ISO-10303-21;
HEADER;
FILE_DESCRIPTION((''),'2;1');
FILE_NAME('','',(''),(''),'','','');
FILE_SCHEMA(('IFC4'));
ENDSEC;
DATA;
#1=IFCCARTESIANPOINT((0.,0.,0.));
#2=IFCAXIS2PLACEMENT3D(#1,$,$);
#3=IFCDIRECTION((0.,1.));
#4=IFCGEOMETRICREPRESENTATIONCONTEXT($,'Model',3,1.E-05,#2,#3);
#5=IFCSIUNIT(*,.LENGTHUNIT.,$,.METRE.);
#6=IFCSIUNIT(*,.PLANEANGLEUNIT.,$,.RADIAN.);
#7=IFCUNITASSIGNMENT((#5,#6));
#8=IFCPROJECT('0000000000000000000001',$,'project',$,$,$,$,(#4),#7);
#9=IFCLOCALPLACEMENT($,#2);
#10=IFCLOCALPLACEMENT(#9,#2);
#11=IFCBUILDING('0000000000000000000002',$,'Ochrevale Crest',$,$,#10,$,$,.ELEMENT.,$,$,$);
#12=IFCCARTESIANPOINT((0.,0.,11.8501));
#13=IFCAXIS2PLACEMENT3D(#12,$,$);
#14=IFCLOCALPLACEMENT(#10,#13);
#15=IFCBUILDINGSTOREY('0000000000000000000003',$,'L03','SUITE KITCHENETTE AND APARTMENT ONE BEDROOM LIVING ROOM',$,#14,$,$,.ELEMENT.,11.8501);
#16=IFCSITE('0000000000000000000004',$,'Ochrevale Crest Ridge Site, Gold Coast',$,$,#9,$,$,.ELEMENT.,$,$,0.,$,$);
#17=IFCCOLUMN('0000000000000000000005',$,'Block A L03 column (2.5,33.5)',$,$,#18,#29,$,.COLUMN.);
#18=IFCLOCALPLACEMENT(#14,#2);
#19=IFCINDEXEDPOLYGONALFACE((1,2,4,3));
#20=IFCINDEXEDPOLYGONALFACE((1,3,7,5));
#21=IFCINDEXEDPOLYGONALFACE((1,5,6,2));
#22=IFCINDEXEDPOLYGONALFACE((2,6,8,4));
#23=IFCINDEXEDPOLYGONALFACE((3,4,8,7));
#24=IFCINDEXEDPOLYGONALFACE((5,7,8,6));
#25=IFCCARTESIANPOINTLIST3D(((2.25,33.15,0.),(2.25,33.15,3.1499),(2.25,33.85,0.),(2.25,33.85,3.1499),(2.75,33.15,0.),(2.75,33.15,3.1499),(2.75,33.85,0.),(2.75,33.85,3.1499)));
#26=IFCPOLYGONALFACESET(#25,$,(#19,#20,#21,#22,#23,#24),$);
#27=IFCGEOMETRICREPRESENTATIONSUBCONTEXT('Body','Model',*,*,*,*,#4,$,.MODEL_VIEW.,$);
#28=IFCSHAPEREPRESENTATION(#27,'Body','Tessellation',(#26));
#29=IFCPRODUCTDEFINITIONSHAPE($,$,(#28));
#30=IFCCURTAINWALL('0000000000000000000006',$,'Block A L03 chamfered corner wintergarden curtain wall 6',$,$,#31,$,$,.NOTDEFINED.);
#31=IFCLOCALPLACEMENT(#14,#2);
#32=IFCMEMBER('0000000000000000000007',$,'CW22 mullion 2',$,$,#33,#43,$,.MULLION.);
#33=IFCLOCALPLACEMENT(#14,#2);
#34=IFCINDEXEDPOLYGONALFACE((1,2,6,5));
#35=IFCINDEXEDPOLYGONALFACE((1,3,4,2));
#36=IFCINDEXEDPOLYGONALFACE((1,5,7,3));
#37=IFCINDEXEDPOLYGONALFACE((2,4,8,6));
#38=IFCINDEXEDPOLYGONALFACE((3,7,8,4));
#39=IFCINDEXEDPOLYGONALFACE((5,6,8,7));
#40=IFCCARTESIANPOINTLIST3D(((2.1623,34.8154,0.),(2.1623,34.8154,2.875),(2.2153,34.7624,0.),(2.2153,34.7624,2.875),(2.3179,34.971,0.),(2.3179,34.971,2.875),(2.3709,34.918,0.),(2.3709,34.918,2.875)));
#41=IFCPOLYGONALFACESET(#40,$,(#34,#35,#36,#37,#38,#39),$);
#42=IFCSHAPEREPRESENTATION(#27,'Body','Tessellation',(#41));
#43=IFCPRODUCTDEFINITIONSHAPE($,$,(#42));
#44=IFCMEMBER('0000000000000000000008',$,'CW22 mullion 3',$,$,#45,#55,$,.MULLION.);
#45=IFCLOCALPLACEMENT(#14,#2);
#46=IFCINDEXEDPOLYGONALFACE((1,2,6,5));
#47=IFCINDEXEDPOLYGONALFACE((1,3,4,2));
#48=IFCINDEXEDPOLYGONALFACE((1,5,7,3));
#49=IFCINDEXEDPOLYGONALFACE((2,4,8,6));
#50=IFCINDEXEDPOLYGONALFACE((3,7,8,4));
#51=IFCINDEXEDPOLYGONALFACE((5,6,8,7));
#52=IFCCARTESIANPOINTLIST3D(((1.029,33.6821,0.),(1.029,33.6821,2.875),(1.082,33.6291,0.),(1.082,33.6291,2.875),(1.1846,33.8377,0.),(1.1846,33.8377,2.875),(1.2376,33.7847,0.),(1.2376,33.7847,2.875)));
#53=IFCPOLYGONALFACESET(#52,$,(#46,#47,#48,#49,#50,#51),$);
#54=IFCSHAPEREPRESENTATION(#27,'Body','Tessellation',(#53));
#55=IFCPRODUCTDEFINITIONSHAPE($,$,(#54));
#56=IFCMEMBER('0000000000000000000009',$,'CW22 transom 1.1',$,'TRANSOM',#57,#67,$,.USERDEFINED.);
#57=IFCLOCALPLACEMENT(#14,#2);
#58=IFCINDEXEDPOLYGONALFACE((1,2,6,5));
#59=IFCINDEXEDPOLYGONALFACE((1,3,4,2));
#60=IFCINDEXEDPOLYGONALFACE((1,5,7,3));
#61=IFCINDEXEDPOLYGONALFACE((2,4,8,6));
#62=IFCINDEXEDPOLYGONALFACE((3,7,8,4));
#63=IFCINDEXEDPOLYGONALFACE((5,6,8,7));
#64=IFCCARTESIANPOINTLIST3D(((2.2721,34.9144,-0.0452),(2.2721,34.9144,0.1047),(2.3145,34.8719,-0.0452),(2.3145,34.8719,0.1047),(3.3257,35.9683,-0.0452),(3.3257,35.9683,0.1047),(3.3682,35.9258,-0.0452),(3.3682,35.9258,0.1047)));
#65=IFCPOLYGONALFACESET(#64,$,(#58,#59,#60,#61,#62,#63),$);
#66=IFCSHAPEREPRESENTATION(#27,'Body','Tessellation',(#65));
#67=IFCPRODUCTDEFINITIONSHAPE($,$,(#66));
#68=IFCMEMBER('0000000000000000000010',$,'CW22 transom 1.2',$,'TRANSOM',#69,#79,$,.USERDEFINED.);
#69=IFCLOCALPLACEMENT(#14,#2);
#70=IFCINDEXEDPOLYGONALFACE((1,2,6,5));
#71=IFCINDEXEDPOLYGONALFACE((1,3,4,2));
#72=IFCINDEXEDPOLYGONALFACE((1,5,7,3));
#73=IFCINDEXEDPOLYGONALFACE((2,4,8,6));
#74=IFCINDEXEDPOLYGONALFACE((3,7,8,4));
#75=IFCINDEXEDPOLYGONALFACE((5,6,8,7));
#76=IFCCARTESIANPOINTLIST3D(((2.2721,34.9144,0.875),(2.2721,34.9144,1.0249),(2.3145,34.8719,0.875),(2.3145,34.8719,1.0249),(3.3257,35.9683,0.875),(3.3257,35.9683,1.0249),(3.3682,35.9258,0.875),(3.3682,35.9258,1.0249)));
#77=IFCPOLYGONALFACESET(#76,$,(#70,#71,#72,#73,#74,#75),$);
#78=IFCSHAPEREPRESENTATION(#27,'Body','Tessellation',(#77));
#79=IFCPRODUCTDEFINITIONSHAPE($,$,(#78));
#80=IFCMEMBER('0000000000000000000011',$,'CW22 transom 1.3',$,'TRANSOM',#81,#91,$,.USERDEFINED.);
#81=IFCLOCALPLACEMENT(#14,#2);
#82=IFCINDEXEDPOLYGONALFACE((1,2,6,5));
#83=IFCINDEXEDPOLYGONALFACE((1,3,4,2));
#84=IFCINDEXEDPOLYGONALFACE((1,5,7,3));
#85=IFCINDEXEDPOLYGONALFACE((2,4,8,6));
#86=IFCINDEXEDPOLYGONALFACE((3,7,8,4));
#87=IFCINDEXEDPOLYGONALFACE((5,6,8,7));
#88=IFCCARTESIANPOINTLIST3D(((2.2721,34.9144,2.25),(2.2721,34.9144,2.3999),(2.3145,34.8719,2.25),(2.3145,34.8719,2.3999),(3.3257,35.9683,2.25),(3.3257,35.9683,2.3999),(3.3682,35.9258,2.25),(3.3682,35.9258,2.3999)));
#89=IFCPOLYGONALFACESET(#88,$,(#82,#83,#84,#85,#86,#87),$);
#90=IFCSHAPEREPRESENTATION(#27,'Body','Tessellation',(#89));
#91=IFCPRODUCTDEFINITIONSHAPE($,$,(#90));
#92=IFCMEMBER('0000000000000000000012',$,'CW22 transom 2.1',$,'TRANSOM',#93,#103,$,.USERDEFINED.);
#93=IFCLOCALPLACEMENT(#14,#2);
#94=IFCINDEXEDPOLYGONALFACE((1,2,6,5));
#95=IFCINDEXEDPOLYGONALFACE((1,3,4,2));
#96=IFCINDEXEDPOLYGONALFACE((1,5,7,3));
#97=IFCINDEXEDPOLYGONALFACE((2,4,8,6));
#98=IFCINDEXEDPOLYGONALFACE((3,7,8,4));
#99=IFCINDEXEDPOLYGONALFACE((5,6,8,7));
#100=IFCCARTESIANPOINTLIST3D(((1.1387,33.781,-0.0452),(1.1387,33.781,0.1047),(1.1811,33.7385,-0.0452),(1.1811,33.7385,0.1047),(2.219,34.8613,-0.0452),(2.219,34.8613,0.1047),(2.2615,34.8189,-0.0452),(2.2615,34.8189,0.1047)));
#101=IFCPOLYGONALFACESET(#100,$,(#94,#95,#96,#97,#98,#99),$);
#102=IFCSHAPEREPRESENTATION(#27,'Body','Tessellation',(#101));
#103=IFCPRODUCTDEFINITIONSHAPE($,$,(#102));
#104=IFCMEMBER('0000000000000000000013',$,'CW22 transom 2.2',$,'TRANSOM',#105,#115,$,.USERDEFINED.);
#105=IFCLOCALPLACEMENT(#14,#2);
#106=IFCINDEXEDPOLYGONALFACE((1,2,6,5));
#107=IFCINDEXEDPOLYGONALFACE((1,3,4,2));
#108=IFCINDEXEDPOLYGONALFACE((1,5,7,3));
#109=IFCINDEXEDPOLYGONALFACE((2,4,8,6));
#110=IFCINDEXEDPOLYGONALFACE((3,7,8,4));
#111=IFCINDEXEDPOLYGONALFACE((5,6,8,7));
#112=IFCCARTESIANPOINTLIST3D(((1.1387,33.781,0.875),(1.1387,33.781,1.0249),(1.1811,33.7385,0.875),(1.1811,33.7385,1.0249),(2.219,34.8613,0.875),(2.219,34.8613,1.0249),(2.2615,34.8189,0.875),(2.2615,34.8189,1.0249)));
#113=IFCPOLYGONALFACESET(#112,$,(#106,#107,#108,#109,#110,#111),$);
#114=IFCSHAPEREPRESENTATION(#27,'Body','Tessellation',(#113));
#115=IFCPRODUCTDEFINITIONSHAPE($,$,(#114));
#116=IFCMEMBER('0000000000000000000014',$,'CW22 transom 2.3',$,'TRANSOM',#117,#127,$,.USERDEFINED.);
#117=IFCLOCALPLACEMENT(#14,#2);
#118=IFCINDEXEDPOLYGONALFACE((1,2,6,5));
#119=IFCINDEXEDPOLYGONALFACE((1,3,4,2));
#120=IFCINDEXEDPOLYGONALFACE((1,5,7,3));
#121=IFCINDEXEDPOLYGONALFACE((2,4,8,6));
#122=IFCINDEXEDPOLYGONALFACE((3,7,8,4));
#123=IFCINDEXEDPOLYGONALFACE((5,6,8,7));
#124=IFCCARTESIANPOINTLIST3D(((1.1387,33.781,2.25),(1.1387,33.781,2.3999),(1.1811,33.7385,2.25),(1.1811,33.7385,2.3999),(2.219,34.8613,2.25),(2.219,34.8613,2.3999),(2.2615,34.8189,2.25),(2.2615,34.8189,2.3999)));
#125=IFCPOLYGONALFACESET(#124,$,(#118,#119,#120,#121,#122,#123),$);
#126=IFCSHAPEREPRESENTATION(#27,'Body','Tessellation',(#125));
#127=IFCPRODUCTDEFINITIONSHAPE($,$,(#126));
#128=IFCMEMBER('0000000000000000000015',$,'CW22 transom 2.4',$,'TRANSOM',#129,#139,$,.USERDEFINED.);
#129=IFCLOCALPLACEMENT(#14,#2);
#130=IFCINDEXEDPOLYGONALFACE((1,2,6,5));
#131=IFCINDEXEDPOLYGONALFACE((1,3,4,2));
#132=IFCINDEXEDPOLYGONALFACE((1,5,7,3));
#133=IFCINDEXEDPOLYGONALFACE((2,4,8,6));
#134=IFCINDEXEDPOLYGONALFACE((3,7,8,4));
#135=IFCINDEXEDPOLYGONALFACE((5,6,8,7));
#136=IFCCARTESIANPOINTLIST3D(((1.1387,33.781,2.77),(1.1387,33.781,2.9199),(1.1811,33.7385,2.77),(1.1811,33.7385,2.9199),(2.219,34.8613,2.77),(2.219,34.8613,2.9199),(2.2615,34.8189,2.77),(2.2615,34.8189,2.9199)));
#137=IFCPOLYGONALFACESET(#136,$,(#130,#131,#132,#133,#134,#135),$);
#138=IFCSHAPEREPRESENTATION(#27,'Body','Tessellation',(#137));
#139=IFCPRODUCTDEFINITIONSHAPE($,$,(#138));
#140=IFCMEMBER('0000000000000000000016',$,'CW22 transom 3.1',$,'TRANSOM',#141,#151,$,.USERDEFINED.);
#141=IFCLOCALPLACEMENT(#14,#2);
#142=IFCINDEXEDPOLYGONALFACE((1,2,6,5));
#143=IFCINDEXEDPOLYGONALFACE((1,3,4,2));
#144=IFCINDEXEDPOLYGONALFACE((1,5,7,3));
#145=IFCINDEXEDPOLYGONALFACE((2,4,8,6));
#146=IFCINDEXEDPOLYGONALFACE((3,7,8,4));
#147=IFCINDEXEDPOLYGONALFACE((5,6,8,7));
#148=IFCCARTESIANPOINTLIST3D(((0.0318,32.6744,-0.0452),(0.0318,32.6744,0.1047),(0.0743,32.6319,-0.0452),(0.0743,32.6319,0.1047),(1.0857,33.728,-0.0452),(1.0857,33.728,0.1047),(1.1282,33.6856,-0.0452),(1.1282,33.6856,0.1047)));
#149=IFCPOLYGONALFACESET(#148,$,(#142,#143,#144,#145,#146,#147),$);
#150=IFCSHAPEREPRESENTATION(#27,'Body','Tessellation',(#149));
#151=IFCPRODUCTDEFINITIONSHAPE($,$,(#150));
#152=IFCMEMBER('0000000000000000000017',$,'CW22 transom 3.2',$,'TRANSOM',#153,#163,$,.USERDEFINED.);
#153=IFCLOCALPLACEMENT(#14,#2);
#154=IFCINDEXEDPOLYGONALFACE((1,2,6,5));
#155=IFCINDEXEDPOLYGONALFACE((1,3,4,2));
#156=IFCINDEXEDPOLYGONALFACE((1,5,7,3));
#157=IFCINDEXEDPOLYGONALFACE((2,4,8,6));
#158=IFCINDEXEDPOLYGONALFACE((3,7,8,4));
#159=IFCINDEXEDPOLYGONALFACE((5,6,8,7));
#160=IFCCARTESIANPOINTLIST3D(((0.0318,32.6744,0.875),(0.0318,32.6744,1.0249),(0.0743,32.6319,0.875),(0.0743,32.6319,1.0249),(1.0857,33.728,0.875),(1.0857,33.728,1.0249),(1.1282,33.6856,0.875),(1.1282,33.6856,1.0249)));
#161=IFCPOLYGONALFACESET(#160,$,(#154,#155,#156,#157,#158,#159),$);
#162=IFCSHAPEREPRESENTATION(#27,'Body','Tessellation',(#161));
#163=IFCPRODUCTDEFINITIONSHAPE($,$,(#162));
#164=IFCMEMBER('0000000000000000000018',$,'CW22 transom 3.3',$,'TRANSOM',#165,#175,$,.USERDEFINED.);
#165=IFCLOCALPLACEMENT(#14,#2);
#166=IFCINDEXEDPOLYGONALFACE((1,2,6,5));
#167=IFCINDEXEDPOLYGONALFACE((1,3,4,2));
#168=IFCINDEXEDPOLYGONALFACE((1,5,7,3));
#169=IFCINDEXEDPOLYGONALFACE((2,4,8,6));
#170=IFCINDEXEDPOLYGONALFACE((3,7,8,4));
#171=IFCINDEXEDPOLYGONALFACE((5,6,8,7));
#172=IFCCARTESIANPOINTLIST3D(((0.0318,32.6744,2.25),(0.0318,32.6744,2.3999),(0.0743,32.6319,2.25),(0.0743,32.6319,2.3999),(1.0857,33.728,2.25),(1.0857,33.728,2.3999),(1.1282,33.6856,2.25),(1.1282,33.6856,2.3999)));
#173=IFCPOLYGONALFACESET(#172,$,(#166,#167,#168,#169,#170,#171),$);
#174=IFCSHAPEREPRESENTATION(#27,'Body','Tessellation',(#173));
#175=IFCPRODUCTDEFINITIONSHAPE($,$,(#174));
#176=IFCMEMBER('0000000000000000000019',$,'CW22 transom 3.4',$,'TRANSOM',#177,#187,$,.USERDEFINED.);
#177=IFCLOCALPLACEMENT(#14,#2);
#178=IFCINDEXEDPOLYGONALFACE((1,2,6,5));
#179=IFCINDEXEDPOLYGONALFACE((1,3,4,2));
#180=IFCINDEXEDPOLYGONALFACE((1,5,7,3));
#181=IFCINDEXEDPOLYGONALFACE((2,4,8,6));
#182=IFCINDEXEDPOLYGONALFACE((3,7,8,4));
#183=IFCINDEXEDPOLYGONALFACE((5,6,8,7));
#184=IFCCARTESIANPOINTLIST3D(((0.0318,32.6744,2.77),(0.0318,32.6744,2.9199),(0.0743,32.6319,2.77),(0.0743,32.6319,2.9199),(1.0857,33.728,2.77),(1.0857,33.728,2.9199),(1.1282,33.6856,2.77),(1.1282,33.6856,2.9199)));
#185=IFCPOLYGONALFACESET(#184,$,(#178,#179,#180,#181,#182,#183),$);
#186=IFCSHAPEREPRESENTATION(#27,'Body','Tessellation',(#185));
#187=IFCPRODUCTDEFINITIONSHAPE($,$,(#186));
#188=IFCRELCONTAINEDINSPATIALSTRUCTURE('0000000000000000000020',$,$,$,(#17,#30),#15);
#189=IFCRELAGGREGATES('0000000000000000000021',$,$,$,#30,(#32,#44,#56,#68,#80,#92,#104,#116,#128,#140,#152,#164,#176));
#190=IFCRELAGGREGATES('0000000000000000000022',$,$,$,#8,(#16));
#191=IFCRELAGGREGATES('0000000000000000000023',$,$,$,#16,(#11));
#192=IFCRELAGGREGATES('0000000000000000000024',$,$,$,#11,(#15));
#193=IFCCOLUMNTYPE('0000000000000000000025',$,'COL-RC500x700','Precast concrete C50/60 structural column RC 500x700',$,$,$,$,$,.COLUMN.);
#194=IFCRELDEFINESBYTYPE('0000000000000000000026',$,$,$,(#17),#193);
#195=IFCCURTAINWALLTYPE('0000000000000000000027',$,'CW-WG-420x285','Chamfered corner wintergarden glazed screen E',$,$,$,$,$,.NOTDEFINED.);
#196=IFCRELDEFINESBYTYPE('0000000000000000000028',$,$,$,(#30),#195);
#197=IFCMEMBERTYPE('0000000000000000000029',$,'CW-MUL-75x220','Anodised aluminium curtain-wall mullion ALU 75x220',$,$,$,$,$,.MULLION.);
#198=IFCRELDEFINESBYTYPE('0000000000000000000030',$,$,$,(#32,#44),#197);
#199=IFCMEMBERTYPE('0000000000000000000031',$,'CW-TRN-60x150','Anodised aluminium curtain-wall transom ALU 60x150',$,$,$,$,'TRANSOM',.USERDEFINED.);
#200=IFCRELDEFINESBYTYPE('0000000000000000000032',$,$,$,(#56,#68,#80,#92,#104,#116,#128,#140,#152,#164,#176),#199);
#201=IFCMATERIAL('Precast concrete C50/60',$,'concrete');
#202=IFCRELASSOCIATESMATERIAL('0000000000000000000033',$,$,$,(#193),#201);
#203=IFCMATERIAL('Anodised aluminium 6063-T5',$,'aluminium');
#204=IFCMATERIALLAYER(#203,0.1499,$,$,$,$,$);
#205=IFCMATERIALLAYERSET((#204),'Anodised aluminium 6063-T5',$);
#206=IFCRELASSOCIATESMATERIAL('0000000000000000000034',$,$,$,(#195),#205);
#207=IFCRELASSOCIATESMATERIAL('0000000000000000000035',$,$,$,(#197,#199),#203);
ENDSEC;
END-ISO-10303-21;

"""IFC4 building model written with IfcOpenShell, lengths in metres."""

from ifc_helpers import new_model, si_unit, direction, frame, origin, origin_2d, place, context, subcontext, project, spatial, rectangle, extrude, material, layer, layer_set, material_profile, profile_set, type_object, element, aggregate, save


model = new_model("IFC4")

# Units and contexts
model_context = context("Model", 3, precision=1e-05, world=origin(), true_north=direction((0.0, 1.0)))
body_context = subcontext(model_context, "Body", "Model", "MODEL_VIEW")
ifc_project = project(units=[si_unit("LENGTHUNIT", "METRE"), si_unit("PLANEANGLEUNIT", "RADIAN")], contexts=[model_context])

# Site, building, storey
site_placement = place(None, origin())
site = spatial("IfcSite", under=ifc_project, at=site_placement, Name="Ochrevale Crest Ridge Site, Gold Coast", CompositionType="ELEMENT", RefElevation=0.0)
building_placement = place(site_placement, origin())
building = spatial("IfcBuilding", under=site, at=building_placement, Name="Ochrevale Crest", CompositionType="ELEMENT")
storey_placement = place(building_placement, frame((0.0, 0.0, 11.8501)))
storey = spatial("IfcBuildingStorey", under=building, at=storey_placement, Name="L03", Description="SUITE KITCHENETTE AND APARTMENT ONE BEDROOM LIVING ROOM", CompositionType="ELEMENT", Elevation=11.8501)

# Column
ifc_material_1 = material(Name="Precast concrete C50/60", Category="concrete")
ifc_material_profile_1 = material_profile(ifc_material_1, rectangle(XDim=0.5, YDim=0.7, at=origin_2d()), Name="RC 500x700")
ifc_profile_set_1 = profile_set([ifc_material_profile_1], Name="Precast concrete C50/60")
column_type = type_object("IfcColumnType", Name="COL-RC500x700", Description="Precast concrete C50/60 structural column RC 500x700", PredefinedType="COLUMN", material=ifc_profile_set_1)
column_placement = place(storey_placement, frame((2.5, 33.5, 0.0), z_axis=(0.0, 0.0, 1.0), x_axis=(1.0, 0.0, 0.0)))
element("IfcColumn", 1, at=column_placement, inside=storey, type_object=column_type, Name="Block A L03 column (2.5,33.5)", PredefinedType="COLUMN", context=body_context, shape_type="SweptSolid", body=[
    extrude(rectangle(XDim=0.5, YDim=0.7, at=origin_2d()), origin(), (0.0, 0.0, 1.0), 3.1499),
])

# Curtain wall, members
ifc_material_2 = material(Name="Anodised aluminium 6063-T5", Category="aluminium")
ifc_layer_1 = layer(ifc_material_2, 0.1499)
ifc_layer_set_1 = layer_set([ifc_layer_1], Name="Anodised aluminium 6063-T5")
curtain_wall_type = type_object("IfcCurtainWallType", Name="CW-WG-420x285", Description="Chamfered corner wintergarden glazed screen E", PredefinedType="NOTDEFINED", material=ifc_layer_set_1)
curtain_wall_placement = place(storey_placement, origin())
curtain_wall = element("IfcCurtainWall", 2, at=curtain_wall_placement, inside=storey, type_object=curtain_wall_type, Name="Block A L03 chamfered corner wintergarden curtain wall 6", PredefinedType="NOTDEFINED")
ifc_material_profile_2 = material_profile(ifc_material_2, rectangle(XDim=0.075, YDim=0.22, at=origin_2d()), Name="ALU 75x220")
ifc_profile_set_2 = profile_set([ifc_material_profile_2], Name="Anodised aluminium 6063-T5")
member_type_1 = type_object("IfcMemberType", Name="CW-MUL-75x220", Description="Anodised aluminium curtain-wall mullion ALU 75x220", PredefinedType="MULLION", material=ifc_profile_set_2)
member_1_placement = place(storey_placement, frame((2.2666, 34.8667, 0.0), z_axis=(0.0, 0.0, 1.0), x_axis=(0.707107, -0.707107, 0.0)))
member_1 = element("IfcMember", 3, at=member_1_placement, type_object=member_type_1, Name="CW22 mullion 2", PredefinedType="MULLION", context=body_context, shape_type="SweptSolid", body=[
    extrude(rectangle(XDim=0.075, YDim=0.22, at=origin_2d()), origin(), (0.0, 0.0, 1.0), 2.875),
])
member_2_placement = place(storey_placement, frame((1.1333, 33.7334, 0.0), z_axis=(0.0, 0.0, 1.0), x_axis=(0.707107, -0.707107, 0.0)))
member_2 = element("IfcMember", 4, at=member_2_placement, type_object=member_type_1, Name="CW22 mullion 3", PredefinedType="MULLION", context=body_context, shape_type="SweptSolid", body=[
    extrude(rectangle(XDim=0.075, YDim=0.22, at=origin_2d()), origin(), (0.0, 0.0, 1.0), 2.875),
])
ifc_material_profile_3 = material_profile(ifc_material_2, rectangle(XDim=0.0601, YDim=0.1499, at=origin_2d()), Name="ALU 60x150")
ifc_profile_set_3 = profile_set([ifc_material_profile_3], Name="Anodised aluminium 6063-T5")
member_type_2 = type_object("IfcMemberType", Name="CW-TRN-60x150", Description="Anodised aluminium curtain-wall transom ALU 60x150", ElementType="TRANSOM", PredefinedType="USERDEFINED", material=ifc_profile_set_3)
member_3_placement = place(storey_placement, frame((3.3469, 35.947, 0.0298), z_axis=(-0.707025, -0.707189, 0.0), x_axis=(0.707189, -0.707025, 0.0)))
member_3 = element("IfcMember", 5, at=member_3_placement, type_object=member_type_2, Name="CW22 transom 1.1", ObjectType="TRANSOM", PredefinedType="USERDEFINED", context=body_context, shape_type="SweptSolid", body=[
    extrude(rectangle(XDim=0.0601, YDim=0.1499, at=origin_2d()), origin(), (0.0, 0.0, 1.0), 1.4902),
])
member_4_placement = place(storey_placement, frame((3.3469, 35.947, 0.95), z_axis=(-0.707025, -0.707189, 0.0), x_axis=(0.707189, -0.707025, 0.0)))
member_4 = element("IfcMember", 6, at=member_4_placement, type_object=member_type_2, Name="CW22 transom 1.2", ObjectType="TRANSOM", PredefinedType="USERDEFINED", context=body_context, shape_type="SweptSolid", body=[
    extrude(rectangle(XDim=0.0601, YDim=0.1499, at=origin_2d()), origin(), (0.0, 0.0, 1.0), 1.4902),
])
member_5_placement = place(storey_placement, frame((3.3469, 35.947, 2.325), z_axis=(-0.707025, -0.707189, 0.0), x_axis=(0.707189, -0.707025, 0.0)))
member_5 = element("IfcMember", 7, at=member_5_placement, type_object=member_type_2, Name="CW22 transom 1.3", ObjectType="TRANSOM", PredefinedType="USERDEFINED", context=body_context, shape_type="SweptSolid", body=[
    extrude(rectangle(XDim=0.0601, YDim=0.1499, at=origin_2d()), origin(), (0.0, 0.0, 1.0), 1.4902),
])
member_6_placement = place(storey_placement, frame((2.2402, 34.8401, 0.0298), z_axis=(-0.707107, -0.707107, 0.0), x_axis=(0.707107, -0.707107, 0.0)))
member_6 = element("IfcMember", 8, at=member_6_placement, type_object=member_type_2, Name="CW22 transom 2.1", ObjectType="TRANSOM", PredefinedType="USERDEFINED", context=body_context, shape_type="SweptSolid", body=[
    extrude(rectangle(XDim=0.0601, YDim=0.1499, at=origin_2d()), origin(), (0.0, 0.0, 1.0), 1.5278),
])
member_7_placement = place(storey_placement, frame((2.2402, 34.8401, 0.95), z_axis=(-0.707107, -0.707107, 0.0), x_axis=(0.707107, -0.707107, 0.0)))
member_7 = element("IfcMember", 9, at=member_7_placement, type_object=member_type_2, Name="CW22 transom 2.2", ObjectType="TRANSOM", PredefinedType="USERDEFINED", context=body_context, shape_type="SweptSolid", body=[
    extrude(rectangle(XDim=0.0601, YDim=0.1499, at=origin_2d()), origin(), (0.0, 0.0, 1.0), 1.5278),
])
member_8_placement = place(storey_placement, frame((2.2402, 34.8401, 2.325), z_axis=(-0.707107, -0.707107, 0.0), x_axis=(0.707107, -0.707107, 0.0)))
member_8 = element("IfcMember", 10, at=member_8_placement, type_object=member_type_2, Name="CW22 transom 2.3", ObjectType="TRANSOM", PredefinedType="USERDEFINED", context=body_context, shape_type="SweptSolid", body=[
    extrude(rectangle(XDim=0.0601, YDim=0.1499, at=origin_2d()), origin(), (0.0, 0.0, 1.0), 1.5278),
])
member_9_placement = place(storey_placement, frame((2.2402, 34.8401, 2.845), z_axis=(-0.707107, -0.707107, 0.0), x_axis=(0.707107, -0.707107, 0.0)))
member_9 = element("IfcMember", 11, at=member_9_placement, type_object=member_type_2, Name="CW22 transom 2.4", ObjectType="TRANSOM", PredefinedType="USERDEFINED", context=body_context, shape_type="SweptSolid", body=[
    extrude(rectangle(XDim=0.0601, YDim=0.1499, at=origin_2d()), origin(), (0.0, 0.0, 1.0), 1.5278),
])
member_10_placement = place(storey_placement, frame((1.1069, 33.7068, 0.0298), z_axis=(-0.707189, -0.707025, 0.0), x_axis=(0.707025, -0.707189, 0.0)))
member_10 = element("IfcMember", 12, at=member_10_placement, type_object=member_type_2, Name="CW22 transom 3.1", ObjectType="TRANSOM", PredefinedType="USERDEFINED", context=body_context, shape_type="SweptSolid", body=[
    extrude(rectangle(XDim=0.0601, YDim=0.1499, at=origin_2d()), origin(), (0.0, 0.0, 1.0), 1.4902),
])
member_11_placement = place(storey_placement, frame((1.1069, 33.7068, 0.95), z_axis=(-0.707189, -0.707025, 0.0), x_axis=(0.707025, -0.707189, 0.0)))
member_11 = element("IfcMember", 13, at=member_11_placement, type_object=member_type_2, Name="CW22 transom 3.2", ObjectType="TRANSOM", PredefinedType="USERDEFINED", context=body_context, shape_type="SweptSolid", body=[
    extrude(rectangle(XDim=0.0601, YDim=0.1499, at=origin_2d()), origin(), (0.0, 0.0, 1.0), 1.4902),
])
member_12_placement = place(storey_placement, frame((1.1069, 33.7068, 2.325), z_axis=(-0.707189, -0.707025, 0.0), x_axis=(0.707025, -0.707189, 0.0)))
member_12 = element("IfcMember", 14, at=member_12_placement, type_object=member_type_2, Name="CW22 transom 3.3", ObjectType="TRANSOM", PredefinedType="USERDEFINED", context=body_context, shape_type="SweptSolid", body=[
    extrude(rectangle(XDim=0.0601, YDim=0.1499, at=origin_2d()), origin(), (0.0, 0.0, 1.0), 1.4902),
])
member_13_placement = place(storey_placement, frame((1.1069, 33.7068, 2.845), z_axis=(-0.707189, -0.707025, 0.0), x_axis=(0.707025, -0.707189, 0.0)))
member_13 = element("IfcMember", 15, at=member_13_placement, type_object=member_type_2, Name="CW22 transom 3.4", ObjectType="TRANSOM", PredefinedType="USERDEFINED", context=body_context, shape_type="SweptSolid", body=[
    extrude(rectangle(XDim=0.0601, YDim=0.1499, at=origin_2d()), origin(), (0.0, 0.0, 1.0), 1.4902),
])
aggregate(curtain_wall, [member_1, member_2, member_3, member_4, member_5, member_6, member_7, member_8, member_9, member_10, member_11, member_12, member_13])

save(model, "model.ifc")
